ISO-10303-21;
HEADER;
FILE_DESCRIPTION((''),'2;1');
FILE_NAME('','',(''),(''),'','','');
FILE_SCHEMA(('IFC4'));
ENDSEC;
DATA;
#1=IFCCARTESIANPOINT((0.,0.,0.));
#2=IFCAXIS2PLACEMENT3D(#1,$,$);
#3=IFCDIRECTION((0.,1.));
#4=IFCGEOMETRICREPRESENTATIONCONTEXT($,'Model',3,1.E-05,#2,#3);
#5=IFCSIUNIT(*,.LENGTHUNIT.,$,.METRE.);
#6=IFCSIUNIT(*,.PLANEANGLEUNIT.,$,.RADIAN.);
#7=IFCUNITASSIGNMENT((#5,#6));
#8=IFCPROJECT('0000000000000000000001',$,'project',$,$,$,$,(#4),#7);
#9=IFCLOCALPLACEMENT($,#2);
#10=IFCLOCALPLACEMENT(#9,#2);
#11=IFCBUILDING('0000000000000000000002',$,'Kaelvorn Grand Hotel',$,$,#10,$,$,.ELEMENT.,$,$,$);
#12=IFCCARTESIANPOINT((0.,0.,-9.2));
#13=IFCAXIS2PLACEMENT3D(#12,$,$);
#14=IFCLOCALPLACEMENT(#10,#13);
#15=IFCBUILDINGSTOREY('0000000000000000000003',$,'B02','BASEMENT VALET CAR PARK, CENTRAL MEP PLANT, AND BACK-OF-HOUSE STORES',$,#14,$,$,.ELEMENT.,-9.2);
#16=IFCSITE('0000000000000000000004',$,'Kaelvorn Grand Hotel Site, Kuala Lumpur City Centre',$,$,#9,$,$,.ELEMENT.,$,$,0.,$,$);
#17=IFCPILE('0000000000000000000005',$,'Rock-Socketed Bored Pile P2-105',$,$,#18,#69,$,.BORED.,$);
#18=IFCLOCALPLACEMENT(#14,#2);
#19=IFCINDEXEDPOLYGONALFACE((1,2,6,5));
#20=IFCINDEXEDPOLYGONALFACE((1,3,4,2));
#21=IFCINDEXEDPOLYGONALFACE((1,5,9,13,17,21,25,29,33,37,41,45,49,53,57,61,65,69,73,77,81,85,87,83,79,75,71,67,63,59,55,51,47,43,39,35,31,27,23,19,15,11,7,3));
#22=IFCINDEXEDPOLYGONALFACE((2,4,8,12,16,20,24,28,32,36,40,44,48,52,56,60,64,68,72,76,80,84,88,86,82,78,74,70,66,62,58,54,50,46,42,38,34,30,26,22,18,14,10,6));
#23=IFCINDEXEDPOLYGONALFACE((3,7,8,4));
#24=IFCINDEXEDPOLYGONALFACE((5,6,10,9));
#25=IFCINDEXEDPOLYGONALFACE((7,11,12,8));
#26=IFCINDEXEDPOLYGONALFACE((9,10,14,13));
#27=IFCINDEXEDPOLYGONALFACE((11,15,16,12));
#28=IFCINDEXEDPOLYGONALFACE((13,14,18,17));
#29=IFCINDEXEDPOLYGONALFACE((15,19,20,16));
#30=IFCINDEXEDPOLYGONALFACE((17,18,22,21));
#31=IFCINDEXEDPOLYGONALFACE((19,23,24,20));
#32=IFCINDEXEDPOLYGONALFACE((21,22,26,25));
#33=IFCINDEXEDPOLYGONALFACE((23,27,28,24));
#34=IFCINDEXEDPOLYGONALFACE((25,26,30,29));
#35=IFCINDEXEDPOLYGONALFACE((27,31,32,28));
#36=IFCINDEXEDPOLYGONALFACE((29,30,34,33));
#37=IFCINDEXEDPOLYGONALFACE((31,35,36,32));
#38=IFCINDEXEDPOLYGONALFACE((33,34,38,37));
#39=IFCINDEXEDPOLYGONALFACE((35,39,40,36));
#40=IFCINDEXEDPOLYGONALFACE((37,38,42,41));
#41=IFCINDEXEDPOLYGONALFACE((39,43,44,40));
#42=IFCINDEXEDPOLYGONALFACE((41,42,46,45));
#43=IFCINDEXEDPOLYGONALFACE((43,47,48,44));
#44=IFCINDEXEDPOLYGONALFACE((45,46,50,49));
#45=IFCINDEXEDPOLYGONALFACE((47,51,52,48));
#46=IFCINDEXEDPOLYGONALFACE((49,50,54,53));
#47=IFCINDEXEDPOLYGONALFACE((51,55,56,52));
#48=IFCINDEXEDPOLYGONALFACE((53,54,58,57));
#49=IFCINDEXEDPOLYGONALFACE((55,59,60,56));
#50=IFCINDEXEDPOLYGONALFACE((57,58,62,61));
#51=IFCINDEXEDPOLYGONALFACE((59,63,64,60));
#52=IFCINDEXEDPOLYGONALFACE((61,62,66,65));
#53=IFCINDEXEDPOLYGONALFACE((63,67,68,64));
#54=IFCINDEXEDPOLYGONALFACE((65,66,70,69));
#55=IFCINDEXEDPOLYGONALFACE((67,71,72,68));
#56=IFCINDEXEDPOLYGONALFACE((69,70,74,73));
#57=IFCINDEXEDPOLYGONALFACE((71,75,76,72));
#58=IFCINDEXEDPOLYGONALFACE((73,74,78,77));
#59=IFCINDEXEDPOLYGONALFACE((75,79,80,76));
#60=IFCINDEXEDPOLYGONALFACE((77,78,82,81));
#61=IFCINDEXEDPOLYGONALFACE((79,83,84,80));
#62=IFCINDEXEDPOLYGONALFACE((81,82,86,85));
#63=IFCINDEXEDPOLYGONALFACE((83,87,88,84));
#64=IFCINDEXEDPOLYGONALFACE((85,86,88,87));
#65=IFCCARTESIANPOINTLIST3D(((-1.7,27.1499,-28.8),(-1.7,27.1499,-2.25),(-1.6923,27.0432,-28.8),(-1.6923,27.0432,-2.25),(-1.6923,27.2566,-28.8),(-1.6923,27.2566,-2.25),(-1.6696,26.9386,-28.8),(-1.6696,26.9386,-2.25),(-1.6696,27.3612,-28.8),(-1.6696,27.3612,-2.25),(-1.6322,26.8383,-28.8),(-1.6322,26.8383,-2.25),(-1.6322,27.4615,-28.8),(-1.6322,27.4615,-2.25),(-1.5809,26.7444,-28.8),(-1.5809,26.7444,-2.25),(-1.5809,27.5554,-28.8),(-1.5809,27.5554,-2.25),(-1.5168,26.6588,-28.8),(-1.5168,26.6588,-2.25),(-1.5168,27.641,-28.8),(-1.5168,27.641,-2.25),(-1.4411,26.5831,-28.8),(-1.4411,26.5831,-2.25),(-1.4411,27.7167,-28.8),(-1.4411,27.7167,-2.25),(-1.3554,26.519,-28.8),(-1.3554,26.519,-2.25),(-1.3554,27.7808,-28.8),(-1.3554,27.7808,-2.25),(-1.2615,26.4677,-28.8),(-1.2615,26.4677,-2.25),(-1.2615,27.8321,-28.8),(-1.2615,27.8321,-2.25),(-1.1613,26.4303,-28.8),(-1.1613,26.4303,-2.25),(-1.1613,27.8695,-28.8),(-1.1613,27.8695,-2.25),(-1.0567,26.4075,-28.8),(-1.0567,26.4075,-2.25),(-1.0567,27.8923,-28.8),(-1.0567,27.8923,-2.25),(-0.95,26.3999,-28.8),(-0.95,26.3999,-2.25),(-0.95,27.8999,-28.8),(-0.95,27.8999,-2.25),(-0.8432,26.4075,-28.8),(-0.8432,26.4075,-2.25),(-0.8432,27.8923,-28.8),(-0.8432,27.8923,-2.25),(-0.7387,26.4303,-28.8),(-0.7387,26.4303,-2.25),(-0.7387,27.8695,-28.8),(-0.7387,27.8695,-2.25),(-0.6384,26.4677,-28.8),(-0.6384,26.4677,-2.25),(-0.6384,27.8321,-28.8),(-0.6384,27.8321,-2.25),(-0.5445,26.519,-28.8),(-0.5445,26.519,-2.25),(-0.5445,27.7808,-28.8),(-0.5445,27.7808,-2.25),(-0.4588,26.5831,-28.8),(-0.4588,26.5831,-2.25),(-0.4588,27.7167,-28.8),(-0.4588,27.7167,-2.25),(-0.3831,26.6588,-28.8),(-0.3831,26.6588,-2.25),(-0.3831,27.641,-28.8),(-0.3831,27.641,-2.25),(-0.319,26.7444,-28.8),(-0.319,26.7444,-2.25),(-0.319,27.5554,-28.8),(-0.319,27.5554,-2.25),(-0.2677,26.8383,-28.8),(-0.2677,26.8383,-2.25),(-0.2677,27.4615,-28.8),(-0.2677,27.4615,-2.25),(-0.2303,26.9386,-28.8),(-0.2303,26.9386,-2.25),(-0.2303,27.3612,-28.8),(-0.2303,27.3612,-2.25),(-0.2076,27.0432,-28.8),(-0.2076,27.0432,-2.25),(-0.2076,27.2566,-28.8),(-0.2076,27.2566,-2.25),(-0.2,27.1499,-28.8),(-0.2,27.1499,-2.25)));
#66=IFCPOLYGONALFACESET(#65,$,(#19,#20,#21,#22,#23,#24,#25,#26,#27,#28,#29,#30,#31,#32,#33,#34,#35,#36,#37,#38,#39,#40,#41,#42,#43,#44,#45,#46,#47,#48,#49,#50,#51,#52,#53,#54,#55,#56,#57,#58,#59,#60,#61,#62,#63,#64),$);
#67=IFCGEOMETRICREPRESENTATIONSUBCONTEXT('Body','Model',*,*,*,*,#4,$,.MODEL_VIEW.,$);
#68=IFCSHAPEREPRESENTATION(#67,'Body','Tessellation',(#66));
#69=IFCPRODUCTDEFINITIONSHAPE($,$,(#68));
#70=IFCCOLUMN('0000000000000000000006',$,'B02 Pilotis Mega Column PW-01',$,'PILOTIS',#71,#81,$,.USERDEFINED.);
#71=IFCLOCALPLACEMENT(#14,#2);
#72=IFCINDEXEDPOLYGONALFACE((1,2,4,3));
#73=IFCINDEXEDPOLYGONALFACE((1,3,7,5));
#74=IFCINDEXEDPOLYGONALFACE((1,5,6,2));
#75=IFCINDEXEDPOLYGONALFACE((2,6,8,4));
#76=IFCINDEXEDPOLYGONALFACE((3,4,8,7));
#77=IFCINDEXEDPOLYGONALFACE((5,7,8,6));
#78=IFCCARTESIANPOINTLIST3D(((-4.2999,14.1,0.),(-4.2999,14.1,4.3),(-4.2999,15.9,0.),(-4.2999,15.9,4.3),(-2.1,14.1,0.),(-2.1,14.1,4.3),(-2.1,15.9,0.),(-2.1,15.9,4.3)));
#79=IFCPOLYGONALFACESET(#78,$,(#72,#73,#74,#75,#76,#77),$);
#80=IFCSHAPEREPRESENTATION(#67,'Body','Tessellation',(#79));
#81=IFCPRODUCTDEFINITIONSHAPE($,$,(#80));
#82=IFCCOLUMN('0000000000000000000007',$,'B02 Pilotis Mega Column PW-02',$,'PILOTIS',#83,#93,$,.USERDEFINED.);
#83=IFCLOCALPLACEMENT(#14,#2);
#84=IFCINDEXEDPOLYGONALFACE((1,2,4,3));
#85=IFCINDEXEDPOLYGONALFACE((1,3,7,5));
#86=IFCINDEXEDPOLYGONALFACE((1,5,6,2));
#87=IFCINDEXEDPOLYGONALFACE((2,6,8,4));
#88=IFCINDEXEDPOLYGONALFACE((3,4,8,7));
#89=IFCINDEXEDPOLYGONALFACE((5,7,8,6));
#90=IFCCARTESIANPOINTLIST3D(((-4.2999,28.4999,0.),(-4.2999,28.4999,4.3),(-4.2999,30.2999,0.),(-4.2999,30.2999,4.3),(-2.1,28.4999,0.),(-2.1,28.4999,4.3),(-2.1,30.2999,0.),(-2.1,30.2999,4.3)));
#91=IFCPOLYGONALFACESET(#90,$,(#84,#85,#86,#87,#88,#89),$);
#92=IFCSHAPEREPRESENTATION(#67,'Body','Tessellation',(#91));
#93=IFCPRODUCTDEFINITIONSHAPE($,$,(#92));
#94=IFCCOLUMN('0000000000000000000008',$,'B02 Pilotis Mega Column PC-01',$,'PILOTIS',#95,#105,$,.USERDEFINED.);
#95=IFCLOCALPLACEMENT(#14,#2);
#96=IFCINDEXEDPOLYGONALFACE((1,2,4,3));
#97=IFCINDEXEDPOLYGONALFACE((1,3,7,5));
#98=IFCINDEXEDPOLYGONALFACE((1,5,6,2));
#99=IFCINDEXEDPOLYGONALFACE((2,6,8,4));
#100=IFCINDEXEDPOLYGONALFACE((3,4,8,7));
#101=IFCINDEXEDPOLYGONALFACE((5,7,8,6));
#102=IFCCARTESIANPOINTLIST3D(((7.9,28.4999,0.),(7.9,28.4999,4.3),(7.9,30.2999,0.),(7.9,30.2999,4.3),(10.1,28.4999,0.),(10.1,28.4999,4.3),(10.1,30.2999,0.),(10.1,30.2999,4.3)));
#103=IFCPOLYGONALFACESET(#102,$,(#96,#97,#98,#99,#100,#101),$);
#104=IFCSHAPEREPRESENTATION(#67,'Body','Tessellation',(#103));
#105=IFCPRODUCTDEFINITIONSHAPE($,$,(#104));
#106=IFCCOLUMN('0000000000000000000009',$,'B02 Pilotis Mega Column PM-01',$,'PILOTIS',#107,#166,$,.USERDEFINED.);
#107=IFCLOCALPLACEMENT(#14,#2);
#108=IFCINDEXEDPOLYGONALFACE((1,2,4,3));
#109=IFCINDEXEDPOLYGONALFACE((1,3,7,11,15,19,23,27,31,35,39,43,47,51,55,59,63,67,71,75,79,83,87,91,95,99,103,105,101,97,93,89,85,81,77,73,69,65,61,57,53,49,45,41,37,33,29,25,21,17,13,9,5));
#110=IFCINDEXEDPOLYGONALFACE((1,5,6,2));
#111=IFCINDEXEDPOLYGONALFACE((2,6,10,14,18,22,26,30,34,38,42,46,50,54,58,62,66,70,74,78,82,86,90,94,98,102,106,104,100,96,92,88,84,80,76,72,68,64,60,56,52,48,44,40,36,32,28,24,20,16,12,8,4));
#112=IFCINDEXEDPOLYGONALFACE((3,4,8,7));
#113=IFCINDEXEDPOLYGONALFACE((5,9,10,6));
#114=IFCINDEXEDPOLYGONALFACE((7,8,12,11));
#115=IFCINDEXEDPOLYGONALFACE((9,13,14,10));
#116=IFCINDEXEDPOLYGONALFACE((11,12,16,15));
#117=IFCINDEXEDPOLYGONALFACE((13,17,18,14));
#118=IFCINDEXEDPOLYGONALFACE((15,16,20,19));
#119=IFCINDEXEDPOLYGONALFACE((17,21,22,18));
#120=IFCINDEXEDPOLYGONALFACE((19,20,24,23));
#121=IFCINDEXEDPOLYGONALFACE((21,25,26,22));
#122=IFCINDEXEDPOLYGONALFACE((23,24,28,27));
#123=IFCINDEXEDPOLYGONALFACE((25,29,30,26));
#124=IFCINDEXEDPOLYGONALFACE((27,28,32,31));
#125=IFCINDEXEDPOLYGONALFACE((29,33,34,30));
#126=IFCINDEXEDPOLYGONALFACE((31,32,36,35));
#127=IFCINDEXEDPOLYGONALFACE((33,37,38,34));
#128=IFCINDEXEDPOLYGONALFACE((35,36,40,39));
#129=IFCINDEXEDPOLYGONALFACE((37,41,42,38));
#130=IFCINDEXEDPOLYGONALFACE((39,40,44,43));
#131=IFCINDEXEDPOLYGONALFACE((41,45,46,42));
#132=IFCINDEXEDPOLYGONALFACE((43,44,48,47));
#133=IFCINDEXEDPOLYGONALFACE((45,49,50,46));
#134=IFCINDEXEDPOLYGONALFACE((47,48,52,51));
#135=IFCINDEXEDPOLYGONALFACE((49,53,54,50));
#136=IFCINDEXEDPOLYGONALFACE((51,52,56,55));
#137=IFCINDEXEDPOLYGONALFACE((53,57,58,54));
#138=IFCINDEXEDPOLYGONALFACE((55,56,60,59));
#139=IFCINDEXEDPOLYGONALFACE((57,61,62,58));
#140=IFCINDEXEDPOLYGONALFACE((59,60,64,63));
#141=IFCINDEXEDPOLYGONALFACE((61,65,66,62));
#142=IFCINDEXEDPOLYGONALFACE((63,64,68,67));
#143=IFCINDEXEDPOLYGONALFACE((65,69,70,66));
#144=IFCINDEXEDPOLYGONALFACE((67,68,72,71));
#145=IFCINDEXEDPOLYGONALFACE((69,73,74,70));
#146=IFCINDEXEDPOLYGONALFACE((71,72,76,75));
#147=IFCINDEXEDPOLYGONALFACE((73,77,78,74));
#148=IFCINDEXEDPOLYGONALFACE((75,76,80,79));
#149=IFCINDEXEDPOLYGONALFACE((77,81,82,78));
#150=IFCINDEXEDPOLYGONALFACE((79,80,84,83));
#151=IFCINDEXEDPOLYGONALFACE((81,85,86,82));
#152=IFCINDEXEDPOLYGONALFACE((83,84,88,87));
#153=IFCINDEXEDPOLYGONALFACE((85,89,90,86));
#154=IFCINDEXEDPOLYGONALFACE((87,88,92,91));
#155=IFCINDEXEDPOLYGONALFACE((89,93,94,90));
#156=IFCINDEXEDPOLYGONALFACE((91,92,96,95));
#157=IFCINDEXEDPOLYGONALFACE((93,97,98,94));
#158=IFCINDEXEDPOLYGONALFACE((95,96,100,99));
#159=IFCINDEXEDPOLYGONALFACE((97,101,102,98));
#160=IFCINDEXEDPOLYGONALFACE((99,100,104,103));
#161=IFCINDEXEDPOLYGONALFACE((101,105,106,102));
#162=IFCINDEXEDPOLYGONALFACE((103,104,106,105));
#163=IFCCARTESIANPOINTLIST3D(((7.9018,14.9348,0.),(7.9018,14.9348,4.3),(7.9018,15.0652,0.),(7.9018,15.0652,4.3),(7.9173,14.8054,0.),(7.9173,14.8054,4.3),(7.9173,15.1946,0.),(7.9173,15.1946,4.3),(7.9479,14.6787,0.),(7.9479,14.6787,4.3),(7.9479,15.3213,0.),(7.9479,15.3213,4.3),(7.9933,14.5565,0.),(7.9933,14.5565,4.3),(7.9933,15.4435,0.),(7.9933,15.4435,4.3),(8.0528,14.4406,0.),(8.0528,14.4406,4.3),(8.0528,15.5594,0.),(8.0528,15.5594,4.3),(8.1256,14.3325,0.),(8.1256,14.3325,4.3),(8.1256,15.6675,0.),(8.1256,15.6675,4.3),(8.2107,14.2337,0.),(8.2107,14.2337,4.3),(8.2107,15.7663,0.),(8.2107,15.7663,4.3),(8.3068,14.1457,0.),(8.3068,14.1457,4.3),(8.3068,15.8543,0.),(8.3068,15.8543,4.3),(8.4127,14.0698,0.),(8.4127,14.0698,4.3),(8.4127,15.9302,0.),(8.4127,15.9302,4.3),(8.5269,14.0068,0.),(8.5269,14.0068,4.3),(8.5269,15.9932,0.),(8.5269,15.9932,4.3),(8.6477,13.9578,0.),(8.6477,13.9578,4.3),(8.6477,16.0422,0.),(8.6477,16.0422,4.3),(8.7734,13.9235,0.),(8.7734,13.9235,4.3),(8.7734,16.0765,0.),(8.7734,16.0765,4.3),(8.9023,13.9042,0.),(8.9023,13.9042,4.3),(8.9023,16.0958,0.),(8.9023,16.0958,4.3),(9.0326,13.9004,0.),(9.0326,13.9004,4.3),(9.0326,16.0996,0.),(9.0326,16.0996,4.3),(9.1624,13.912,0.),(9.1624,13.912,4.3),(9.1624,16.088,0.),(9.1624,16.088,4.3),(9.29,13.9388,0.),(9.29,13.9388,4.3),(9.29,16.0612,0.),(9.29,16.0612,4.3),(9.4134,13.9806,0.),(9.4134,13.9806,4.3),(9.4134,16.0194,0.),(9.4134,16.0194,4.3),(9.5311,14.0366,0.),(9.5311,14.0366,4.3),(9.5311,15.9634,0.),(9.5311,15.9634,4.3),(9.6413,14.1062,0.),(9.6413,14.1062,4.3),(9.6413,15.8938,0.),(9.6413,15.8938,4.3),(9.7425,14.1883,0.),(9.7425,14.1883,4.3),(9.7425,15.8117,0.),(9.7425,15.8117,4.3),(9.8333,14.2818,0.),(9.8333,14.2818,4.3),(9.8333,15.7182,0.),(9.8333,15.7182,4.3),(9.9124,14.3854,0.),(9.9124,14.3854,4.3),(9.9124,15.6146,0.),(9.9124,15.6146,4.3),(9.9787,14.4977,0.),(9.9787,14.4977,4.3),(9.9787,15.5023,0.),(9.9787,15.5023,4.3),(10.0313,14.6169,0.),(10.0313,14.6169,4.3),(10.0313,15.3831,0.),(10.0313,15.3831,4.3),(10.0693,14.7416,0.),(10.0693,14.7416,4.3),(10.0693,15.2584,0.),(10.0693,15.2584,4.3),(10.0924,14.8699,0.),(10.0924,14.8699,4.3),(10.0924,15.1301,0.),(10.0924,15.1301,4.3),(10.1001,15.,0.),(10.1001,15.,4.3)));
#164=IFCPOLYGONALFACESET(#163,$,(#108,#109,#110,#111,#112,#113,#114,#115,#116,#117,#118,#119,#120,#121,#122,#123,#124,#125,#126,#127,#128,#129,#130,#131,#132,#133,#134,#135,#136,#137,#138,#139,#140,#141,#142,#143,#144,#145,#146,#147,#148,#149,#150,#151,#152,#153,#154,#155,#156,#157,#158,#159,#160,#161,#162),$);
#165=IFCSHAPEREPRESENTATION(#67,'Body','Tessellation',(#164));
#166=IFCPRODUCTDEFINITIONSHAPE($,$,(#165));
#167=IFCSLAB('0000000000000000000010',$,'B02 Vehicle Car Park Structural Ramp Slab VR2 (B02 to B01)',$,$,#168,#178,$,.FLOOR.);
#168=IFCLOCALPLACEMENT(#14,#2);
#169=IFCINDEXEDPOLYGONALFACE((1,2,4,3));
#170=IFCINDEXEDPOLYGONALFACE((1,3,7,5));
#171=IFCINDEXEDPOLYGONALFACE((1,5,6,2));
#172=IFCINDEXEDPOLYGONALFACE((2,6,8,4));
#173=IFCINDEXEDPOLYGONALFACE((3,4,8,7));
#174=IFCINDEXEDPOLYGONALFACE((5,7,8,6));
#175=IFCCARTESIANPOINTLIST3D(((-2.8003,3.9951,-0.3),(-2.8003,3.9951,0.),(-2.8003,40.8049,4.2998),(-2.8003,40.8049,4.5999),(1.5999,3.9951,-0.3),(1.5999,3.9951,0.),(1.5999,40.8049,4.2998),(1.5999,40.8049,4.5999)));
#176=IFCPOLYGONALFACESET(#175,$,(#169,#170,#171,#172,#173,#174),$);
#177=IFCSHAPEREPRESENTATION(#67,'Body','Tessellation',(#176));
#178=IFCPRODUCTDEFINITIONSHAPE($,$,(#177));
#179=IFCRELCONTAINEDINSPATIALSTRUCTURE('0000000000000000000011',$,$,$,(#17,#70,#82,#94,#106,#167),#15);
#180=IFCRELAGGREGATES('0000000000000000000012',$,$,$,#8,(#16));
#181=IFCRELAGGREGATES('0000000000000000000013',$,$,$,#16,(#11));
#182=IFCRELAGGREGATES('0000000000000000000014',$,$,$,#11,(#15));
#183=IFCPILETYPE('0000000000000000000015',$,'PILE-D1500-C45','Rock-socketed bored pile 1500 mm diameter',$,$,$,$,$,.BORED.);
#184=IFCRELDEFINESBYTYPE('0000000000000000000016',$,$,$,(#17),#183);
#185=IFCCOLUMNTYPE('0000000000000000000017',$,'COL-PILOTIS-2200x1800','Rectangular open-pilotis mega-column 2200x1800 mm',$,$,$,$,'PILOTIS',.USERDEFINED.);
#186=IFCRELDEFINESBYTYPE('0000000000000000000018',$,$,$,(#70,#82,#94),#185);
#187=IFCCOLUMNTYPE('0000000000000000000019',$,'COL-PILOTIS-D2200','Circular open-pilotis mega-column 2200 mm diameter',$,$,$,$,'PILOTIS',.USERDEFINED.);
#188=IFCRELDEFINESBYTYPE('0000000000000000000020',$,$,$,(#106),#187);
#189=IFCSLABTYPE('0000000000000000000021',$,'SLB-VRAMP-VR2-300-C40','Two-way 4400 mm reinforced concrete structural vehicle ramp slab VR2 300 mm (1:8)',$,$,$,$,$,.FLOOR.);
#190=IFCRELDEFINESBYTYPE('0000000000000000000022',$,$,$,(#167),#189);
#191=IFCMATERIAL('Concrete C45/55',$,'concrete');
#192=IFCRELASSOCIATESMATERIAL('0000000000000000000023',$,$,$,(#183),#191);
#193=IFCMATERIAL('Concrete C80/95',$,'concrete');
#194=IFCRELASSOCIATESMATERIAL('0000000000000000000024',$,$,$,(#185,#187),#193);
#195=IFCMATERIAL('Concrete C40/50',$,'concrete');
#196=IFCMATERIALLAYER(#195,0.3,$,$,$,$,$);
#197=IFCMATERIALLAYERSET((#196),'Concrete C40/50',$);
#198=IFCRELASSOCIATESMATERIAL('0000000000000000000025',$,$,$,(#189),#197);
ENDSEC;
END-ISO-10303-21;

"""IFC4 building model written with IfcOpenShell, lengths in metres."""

from ifc_helpers import new_model, si_unit, direction, frame, origin, origin_2d, place, context, subcontext, project, spatial, polyline, rectangle, circle, outline, extrude, material, layer, layer_set, material_profile, profile_set, type_object, element, save


model = new_model("IFC4")

# Units and contexts
model_context = context("Model", 3, precision=1e-05, world=origin(), true_north=direction((0.0, 1.0)))
body_context = subcontext(model_context, "Body", "Model", "MODEL_VIEW")
ifc_project = project(units=[si_unit("LENGTHUNIT", "METRE"), si_unit("PLANEANGLEUNIT", "RADIAN")], contexts=[model_context])

# Site, building, storey
site_placement = place(None, origin())
site = spatial("IfcSite", under=ifc_project, at=site_placement, Name="Kaelvorn Grand Hotel Site, Kuala Lumpur City Centre", CompositionType="ELEMENT", RefElevation=0.0)
building_placement = place(site_placement, origin())
building = spatial("IfcBuilding", under=site, at=building_placement, Name="Kaelvorn Grand Hotel", CompositionType="ELEMENT")
storey_placement = place(building_placement, frame((0.0, 0.0, -9.2)))
storey = spatial("IfcBuildingStorey", under=building, at=storey_placement, Name="B02", Description="BASEMENT VALET CAR PARK, CENTRAL MEP PLANT, AND BACK-OF-HOUSE STORES", CompositionType="ELEMENT", Elevation=-9.2)

# Pile
ifc_material_1 = material(Name="Concrete C45/55", Category="concrete")
ifc_material_profile_1 = material_profile(ifc_material_1, circle(Radius=0.75, at=origin_2d()), Name="BORED PILE D1500")
ifc_profile_set_1 = profile_set([ifc_material_profile_1], Name="Concrete C45/55")
pile_type = type_object("IfcPileType", Name="PILE-D1500-C45", Description="Rock-socketed bored pile 1500 mm diameter", PredefinedType="BORED", material=ifc_profile_set_1)
for number, where, z_axis, x_axis, name in (
    (1, (-0.95, 27.1499, -2.25), (0.0, 0.0, -1.0), (1.0, 0.0, 0.0), "Rock-Socketed Bored Pile P2-105"),
):
    element("IfcPile", number, at=place(storey_placement, frame(where, z_axis=z_axis, x_axis=x_axis)), inside=storey, type_object=pile_type, Name=name, PredefinedType="BORED", context=body_context, shape_type="SweptSolid", body=[
        extrude(circle(Radius=0.75, at=origin_2d()), origin(), (0.0, 0.0, 1.0), 26.55),
    ])

# Columns
ifc_material_2 = material(Name="Concrete C80/95", Category="concrete")
ifc_material_profile_2 = material_profile(ifc_material_2, rectangle(XDim=2.2, YDim=1.8, at=origin_2d()), Name="PILOTIS 2200x1800")
ifc_profile_set_2 = profile_set([ifc_material_profile_2], Name="Concrete C80/95")
column_type_1 = type_object("IfcColumnType", Name="COL-PILOTIS-2200x1800", Description="Rectangular open-pilotis mega-column 2200x1800 mm", ElementType="PILOTIS", PredefinedType="USERDEFINED", material=ifc_profile_set_2)
for number, where, z_axis, x_axis, name in (
    (2, (-3.2, 15.0, 0.0), (0.0, 0.0, 1.0), (1.0, 0.0, 0.0), "B02 Pilotis Mega Column PW-01"),
    (3, (-3.2, 29.3999, 0.0), (0.0, 0.0, 1.0), (1.0, 0.0, 0.0), "B02 Pilotis Mega Column PW-02"),
    (4, (9.0, 29.3999, 0.0), (0.0, 0.0, 1.0), (1.0, 0.0, 0.0), "B02 Pilotis Mega Column PC-01"),
):
    element("IfcColumn", number, at=place(storey_placement, frame(where, z_axis=z_axis, x_axis=x_axis)), inside=storey, type_object=column_type_1, Name=name, ObjectType="PILOTIS", PredefinedType="USERDEFINED", context=body_context, shape_type="SweptSolid", body=[
        extrude(rectangle(XDim=2.2, YDim=1.8, at=origin_2d()), origin(), (0.0, 0.0, 1.0), 4.3),
    ])
ifc_material_profile_3 = material_profile(ifc_material_2, circle(Radius=1.1001, at=origin_2d()), Name="PILOTIS D2200")
ifc_profile_set_3 = profile_set([ifc_material_profile_3], Name="Concrete C80/95")
column_type_2 = type_object("IfcColumnType", Name="COL-PILOTIS-D2200", Description="Circular open-pilotis mega-column 2200 mm diameter", ElementType="PILOTIS", PredefinedType="USERDEFINED", material=ifc_profile_set_3)
column_placement = place(storey_placement, frame((9.0, 15.0, 0.0), z_axis=(0.0, 0.0, 1.0), x_axis=(1.0, 0.0, 0.0)))
element("IfcColumn", 5, at=column_placement, inside=storey, type_object=column_type_2, Name="B02 Pilotis Mega Column PM-01", ObjectType="PILOTIS", PredefinedType="USERDEFINED", context=body_context, shape_type="SweptSolid", body=[
    extrude(circle(Radius=1.1001, at=origin_2d()), origin(), (0.0, 0.0, 1.0), 4.3),
])

# Slab
ifc_material_3 = material(Name="Concrete C40/50", Category="concrete")
ifc_layer_1 = layer(ifc_material_3, 0.3)
ifc_layer_set_1 = layer_set([ifc_layer_1], Name="Concrete C40/50")
slab_type = type_object("IfcSlabType", Name="SLB-VRAMP-VR2-300-C40", Description="Two-way 4400 mm reinforced concrete structural vehicle ramp slab VR2 300 mm (1:8)", PredefinedType="FLOOR", material=ifc_layer_set_1)
slab_placement = place(storey_placement, frame((-0.6001, 3.9951, 0.0), z_axis=(0.0, 0.0, 1.0), x_axis=(0.0, 1.0, 0.0)))
element("IfcSlab", 6, at=slab_placement, inside=storey, type_object=slab_type, Name="B02 Vehicle Car Park Structural Ramp Slab VR2 (B02 to B01)", PredefinedType="FLOOR", context=body_context, shape_type="SweptSolid", body=[
    extrude(outline(polyline([(0.0, 0.0), (36.8098, 4.5999), (36.8098, 4.2998), (0.0, -0.3), (0.0, 0.0)])), frame((0.0, 2.2002, 0.0), z_axis=(0.0, -1.0, 0.0), x_axis=(1.0, 0.0, 0.0)), (0.0, 0.0, 1.0), 4.4001),
])

save(model, "model.ifc")
